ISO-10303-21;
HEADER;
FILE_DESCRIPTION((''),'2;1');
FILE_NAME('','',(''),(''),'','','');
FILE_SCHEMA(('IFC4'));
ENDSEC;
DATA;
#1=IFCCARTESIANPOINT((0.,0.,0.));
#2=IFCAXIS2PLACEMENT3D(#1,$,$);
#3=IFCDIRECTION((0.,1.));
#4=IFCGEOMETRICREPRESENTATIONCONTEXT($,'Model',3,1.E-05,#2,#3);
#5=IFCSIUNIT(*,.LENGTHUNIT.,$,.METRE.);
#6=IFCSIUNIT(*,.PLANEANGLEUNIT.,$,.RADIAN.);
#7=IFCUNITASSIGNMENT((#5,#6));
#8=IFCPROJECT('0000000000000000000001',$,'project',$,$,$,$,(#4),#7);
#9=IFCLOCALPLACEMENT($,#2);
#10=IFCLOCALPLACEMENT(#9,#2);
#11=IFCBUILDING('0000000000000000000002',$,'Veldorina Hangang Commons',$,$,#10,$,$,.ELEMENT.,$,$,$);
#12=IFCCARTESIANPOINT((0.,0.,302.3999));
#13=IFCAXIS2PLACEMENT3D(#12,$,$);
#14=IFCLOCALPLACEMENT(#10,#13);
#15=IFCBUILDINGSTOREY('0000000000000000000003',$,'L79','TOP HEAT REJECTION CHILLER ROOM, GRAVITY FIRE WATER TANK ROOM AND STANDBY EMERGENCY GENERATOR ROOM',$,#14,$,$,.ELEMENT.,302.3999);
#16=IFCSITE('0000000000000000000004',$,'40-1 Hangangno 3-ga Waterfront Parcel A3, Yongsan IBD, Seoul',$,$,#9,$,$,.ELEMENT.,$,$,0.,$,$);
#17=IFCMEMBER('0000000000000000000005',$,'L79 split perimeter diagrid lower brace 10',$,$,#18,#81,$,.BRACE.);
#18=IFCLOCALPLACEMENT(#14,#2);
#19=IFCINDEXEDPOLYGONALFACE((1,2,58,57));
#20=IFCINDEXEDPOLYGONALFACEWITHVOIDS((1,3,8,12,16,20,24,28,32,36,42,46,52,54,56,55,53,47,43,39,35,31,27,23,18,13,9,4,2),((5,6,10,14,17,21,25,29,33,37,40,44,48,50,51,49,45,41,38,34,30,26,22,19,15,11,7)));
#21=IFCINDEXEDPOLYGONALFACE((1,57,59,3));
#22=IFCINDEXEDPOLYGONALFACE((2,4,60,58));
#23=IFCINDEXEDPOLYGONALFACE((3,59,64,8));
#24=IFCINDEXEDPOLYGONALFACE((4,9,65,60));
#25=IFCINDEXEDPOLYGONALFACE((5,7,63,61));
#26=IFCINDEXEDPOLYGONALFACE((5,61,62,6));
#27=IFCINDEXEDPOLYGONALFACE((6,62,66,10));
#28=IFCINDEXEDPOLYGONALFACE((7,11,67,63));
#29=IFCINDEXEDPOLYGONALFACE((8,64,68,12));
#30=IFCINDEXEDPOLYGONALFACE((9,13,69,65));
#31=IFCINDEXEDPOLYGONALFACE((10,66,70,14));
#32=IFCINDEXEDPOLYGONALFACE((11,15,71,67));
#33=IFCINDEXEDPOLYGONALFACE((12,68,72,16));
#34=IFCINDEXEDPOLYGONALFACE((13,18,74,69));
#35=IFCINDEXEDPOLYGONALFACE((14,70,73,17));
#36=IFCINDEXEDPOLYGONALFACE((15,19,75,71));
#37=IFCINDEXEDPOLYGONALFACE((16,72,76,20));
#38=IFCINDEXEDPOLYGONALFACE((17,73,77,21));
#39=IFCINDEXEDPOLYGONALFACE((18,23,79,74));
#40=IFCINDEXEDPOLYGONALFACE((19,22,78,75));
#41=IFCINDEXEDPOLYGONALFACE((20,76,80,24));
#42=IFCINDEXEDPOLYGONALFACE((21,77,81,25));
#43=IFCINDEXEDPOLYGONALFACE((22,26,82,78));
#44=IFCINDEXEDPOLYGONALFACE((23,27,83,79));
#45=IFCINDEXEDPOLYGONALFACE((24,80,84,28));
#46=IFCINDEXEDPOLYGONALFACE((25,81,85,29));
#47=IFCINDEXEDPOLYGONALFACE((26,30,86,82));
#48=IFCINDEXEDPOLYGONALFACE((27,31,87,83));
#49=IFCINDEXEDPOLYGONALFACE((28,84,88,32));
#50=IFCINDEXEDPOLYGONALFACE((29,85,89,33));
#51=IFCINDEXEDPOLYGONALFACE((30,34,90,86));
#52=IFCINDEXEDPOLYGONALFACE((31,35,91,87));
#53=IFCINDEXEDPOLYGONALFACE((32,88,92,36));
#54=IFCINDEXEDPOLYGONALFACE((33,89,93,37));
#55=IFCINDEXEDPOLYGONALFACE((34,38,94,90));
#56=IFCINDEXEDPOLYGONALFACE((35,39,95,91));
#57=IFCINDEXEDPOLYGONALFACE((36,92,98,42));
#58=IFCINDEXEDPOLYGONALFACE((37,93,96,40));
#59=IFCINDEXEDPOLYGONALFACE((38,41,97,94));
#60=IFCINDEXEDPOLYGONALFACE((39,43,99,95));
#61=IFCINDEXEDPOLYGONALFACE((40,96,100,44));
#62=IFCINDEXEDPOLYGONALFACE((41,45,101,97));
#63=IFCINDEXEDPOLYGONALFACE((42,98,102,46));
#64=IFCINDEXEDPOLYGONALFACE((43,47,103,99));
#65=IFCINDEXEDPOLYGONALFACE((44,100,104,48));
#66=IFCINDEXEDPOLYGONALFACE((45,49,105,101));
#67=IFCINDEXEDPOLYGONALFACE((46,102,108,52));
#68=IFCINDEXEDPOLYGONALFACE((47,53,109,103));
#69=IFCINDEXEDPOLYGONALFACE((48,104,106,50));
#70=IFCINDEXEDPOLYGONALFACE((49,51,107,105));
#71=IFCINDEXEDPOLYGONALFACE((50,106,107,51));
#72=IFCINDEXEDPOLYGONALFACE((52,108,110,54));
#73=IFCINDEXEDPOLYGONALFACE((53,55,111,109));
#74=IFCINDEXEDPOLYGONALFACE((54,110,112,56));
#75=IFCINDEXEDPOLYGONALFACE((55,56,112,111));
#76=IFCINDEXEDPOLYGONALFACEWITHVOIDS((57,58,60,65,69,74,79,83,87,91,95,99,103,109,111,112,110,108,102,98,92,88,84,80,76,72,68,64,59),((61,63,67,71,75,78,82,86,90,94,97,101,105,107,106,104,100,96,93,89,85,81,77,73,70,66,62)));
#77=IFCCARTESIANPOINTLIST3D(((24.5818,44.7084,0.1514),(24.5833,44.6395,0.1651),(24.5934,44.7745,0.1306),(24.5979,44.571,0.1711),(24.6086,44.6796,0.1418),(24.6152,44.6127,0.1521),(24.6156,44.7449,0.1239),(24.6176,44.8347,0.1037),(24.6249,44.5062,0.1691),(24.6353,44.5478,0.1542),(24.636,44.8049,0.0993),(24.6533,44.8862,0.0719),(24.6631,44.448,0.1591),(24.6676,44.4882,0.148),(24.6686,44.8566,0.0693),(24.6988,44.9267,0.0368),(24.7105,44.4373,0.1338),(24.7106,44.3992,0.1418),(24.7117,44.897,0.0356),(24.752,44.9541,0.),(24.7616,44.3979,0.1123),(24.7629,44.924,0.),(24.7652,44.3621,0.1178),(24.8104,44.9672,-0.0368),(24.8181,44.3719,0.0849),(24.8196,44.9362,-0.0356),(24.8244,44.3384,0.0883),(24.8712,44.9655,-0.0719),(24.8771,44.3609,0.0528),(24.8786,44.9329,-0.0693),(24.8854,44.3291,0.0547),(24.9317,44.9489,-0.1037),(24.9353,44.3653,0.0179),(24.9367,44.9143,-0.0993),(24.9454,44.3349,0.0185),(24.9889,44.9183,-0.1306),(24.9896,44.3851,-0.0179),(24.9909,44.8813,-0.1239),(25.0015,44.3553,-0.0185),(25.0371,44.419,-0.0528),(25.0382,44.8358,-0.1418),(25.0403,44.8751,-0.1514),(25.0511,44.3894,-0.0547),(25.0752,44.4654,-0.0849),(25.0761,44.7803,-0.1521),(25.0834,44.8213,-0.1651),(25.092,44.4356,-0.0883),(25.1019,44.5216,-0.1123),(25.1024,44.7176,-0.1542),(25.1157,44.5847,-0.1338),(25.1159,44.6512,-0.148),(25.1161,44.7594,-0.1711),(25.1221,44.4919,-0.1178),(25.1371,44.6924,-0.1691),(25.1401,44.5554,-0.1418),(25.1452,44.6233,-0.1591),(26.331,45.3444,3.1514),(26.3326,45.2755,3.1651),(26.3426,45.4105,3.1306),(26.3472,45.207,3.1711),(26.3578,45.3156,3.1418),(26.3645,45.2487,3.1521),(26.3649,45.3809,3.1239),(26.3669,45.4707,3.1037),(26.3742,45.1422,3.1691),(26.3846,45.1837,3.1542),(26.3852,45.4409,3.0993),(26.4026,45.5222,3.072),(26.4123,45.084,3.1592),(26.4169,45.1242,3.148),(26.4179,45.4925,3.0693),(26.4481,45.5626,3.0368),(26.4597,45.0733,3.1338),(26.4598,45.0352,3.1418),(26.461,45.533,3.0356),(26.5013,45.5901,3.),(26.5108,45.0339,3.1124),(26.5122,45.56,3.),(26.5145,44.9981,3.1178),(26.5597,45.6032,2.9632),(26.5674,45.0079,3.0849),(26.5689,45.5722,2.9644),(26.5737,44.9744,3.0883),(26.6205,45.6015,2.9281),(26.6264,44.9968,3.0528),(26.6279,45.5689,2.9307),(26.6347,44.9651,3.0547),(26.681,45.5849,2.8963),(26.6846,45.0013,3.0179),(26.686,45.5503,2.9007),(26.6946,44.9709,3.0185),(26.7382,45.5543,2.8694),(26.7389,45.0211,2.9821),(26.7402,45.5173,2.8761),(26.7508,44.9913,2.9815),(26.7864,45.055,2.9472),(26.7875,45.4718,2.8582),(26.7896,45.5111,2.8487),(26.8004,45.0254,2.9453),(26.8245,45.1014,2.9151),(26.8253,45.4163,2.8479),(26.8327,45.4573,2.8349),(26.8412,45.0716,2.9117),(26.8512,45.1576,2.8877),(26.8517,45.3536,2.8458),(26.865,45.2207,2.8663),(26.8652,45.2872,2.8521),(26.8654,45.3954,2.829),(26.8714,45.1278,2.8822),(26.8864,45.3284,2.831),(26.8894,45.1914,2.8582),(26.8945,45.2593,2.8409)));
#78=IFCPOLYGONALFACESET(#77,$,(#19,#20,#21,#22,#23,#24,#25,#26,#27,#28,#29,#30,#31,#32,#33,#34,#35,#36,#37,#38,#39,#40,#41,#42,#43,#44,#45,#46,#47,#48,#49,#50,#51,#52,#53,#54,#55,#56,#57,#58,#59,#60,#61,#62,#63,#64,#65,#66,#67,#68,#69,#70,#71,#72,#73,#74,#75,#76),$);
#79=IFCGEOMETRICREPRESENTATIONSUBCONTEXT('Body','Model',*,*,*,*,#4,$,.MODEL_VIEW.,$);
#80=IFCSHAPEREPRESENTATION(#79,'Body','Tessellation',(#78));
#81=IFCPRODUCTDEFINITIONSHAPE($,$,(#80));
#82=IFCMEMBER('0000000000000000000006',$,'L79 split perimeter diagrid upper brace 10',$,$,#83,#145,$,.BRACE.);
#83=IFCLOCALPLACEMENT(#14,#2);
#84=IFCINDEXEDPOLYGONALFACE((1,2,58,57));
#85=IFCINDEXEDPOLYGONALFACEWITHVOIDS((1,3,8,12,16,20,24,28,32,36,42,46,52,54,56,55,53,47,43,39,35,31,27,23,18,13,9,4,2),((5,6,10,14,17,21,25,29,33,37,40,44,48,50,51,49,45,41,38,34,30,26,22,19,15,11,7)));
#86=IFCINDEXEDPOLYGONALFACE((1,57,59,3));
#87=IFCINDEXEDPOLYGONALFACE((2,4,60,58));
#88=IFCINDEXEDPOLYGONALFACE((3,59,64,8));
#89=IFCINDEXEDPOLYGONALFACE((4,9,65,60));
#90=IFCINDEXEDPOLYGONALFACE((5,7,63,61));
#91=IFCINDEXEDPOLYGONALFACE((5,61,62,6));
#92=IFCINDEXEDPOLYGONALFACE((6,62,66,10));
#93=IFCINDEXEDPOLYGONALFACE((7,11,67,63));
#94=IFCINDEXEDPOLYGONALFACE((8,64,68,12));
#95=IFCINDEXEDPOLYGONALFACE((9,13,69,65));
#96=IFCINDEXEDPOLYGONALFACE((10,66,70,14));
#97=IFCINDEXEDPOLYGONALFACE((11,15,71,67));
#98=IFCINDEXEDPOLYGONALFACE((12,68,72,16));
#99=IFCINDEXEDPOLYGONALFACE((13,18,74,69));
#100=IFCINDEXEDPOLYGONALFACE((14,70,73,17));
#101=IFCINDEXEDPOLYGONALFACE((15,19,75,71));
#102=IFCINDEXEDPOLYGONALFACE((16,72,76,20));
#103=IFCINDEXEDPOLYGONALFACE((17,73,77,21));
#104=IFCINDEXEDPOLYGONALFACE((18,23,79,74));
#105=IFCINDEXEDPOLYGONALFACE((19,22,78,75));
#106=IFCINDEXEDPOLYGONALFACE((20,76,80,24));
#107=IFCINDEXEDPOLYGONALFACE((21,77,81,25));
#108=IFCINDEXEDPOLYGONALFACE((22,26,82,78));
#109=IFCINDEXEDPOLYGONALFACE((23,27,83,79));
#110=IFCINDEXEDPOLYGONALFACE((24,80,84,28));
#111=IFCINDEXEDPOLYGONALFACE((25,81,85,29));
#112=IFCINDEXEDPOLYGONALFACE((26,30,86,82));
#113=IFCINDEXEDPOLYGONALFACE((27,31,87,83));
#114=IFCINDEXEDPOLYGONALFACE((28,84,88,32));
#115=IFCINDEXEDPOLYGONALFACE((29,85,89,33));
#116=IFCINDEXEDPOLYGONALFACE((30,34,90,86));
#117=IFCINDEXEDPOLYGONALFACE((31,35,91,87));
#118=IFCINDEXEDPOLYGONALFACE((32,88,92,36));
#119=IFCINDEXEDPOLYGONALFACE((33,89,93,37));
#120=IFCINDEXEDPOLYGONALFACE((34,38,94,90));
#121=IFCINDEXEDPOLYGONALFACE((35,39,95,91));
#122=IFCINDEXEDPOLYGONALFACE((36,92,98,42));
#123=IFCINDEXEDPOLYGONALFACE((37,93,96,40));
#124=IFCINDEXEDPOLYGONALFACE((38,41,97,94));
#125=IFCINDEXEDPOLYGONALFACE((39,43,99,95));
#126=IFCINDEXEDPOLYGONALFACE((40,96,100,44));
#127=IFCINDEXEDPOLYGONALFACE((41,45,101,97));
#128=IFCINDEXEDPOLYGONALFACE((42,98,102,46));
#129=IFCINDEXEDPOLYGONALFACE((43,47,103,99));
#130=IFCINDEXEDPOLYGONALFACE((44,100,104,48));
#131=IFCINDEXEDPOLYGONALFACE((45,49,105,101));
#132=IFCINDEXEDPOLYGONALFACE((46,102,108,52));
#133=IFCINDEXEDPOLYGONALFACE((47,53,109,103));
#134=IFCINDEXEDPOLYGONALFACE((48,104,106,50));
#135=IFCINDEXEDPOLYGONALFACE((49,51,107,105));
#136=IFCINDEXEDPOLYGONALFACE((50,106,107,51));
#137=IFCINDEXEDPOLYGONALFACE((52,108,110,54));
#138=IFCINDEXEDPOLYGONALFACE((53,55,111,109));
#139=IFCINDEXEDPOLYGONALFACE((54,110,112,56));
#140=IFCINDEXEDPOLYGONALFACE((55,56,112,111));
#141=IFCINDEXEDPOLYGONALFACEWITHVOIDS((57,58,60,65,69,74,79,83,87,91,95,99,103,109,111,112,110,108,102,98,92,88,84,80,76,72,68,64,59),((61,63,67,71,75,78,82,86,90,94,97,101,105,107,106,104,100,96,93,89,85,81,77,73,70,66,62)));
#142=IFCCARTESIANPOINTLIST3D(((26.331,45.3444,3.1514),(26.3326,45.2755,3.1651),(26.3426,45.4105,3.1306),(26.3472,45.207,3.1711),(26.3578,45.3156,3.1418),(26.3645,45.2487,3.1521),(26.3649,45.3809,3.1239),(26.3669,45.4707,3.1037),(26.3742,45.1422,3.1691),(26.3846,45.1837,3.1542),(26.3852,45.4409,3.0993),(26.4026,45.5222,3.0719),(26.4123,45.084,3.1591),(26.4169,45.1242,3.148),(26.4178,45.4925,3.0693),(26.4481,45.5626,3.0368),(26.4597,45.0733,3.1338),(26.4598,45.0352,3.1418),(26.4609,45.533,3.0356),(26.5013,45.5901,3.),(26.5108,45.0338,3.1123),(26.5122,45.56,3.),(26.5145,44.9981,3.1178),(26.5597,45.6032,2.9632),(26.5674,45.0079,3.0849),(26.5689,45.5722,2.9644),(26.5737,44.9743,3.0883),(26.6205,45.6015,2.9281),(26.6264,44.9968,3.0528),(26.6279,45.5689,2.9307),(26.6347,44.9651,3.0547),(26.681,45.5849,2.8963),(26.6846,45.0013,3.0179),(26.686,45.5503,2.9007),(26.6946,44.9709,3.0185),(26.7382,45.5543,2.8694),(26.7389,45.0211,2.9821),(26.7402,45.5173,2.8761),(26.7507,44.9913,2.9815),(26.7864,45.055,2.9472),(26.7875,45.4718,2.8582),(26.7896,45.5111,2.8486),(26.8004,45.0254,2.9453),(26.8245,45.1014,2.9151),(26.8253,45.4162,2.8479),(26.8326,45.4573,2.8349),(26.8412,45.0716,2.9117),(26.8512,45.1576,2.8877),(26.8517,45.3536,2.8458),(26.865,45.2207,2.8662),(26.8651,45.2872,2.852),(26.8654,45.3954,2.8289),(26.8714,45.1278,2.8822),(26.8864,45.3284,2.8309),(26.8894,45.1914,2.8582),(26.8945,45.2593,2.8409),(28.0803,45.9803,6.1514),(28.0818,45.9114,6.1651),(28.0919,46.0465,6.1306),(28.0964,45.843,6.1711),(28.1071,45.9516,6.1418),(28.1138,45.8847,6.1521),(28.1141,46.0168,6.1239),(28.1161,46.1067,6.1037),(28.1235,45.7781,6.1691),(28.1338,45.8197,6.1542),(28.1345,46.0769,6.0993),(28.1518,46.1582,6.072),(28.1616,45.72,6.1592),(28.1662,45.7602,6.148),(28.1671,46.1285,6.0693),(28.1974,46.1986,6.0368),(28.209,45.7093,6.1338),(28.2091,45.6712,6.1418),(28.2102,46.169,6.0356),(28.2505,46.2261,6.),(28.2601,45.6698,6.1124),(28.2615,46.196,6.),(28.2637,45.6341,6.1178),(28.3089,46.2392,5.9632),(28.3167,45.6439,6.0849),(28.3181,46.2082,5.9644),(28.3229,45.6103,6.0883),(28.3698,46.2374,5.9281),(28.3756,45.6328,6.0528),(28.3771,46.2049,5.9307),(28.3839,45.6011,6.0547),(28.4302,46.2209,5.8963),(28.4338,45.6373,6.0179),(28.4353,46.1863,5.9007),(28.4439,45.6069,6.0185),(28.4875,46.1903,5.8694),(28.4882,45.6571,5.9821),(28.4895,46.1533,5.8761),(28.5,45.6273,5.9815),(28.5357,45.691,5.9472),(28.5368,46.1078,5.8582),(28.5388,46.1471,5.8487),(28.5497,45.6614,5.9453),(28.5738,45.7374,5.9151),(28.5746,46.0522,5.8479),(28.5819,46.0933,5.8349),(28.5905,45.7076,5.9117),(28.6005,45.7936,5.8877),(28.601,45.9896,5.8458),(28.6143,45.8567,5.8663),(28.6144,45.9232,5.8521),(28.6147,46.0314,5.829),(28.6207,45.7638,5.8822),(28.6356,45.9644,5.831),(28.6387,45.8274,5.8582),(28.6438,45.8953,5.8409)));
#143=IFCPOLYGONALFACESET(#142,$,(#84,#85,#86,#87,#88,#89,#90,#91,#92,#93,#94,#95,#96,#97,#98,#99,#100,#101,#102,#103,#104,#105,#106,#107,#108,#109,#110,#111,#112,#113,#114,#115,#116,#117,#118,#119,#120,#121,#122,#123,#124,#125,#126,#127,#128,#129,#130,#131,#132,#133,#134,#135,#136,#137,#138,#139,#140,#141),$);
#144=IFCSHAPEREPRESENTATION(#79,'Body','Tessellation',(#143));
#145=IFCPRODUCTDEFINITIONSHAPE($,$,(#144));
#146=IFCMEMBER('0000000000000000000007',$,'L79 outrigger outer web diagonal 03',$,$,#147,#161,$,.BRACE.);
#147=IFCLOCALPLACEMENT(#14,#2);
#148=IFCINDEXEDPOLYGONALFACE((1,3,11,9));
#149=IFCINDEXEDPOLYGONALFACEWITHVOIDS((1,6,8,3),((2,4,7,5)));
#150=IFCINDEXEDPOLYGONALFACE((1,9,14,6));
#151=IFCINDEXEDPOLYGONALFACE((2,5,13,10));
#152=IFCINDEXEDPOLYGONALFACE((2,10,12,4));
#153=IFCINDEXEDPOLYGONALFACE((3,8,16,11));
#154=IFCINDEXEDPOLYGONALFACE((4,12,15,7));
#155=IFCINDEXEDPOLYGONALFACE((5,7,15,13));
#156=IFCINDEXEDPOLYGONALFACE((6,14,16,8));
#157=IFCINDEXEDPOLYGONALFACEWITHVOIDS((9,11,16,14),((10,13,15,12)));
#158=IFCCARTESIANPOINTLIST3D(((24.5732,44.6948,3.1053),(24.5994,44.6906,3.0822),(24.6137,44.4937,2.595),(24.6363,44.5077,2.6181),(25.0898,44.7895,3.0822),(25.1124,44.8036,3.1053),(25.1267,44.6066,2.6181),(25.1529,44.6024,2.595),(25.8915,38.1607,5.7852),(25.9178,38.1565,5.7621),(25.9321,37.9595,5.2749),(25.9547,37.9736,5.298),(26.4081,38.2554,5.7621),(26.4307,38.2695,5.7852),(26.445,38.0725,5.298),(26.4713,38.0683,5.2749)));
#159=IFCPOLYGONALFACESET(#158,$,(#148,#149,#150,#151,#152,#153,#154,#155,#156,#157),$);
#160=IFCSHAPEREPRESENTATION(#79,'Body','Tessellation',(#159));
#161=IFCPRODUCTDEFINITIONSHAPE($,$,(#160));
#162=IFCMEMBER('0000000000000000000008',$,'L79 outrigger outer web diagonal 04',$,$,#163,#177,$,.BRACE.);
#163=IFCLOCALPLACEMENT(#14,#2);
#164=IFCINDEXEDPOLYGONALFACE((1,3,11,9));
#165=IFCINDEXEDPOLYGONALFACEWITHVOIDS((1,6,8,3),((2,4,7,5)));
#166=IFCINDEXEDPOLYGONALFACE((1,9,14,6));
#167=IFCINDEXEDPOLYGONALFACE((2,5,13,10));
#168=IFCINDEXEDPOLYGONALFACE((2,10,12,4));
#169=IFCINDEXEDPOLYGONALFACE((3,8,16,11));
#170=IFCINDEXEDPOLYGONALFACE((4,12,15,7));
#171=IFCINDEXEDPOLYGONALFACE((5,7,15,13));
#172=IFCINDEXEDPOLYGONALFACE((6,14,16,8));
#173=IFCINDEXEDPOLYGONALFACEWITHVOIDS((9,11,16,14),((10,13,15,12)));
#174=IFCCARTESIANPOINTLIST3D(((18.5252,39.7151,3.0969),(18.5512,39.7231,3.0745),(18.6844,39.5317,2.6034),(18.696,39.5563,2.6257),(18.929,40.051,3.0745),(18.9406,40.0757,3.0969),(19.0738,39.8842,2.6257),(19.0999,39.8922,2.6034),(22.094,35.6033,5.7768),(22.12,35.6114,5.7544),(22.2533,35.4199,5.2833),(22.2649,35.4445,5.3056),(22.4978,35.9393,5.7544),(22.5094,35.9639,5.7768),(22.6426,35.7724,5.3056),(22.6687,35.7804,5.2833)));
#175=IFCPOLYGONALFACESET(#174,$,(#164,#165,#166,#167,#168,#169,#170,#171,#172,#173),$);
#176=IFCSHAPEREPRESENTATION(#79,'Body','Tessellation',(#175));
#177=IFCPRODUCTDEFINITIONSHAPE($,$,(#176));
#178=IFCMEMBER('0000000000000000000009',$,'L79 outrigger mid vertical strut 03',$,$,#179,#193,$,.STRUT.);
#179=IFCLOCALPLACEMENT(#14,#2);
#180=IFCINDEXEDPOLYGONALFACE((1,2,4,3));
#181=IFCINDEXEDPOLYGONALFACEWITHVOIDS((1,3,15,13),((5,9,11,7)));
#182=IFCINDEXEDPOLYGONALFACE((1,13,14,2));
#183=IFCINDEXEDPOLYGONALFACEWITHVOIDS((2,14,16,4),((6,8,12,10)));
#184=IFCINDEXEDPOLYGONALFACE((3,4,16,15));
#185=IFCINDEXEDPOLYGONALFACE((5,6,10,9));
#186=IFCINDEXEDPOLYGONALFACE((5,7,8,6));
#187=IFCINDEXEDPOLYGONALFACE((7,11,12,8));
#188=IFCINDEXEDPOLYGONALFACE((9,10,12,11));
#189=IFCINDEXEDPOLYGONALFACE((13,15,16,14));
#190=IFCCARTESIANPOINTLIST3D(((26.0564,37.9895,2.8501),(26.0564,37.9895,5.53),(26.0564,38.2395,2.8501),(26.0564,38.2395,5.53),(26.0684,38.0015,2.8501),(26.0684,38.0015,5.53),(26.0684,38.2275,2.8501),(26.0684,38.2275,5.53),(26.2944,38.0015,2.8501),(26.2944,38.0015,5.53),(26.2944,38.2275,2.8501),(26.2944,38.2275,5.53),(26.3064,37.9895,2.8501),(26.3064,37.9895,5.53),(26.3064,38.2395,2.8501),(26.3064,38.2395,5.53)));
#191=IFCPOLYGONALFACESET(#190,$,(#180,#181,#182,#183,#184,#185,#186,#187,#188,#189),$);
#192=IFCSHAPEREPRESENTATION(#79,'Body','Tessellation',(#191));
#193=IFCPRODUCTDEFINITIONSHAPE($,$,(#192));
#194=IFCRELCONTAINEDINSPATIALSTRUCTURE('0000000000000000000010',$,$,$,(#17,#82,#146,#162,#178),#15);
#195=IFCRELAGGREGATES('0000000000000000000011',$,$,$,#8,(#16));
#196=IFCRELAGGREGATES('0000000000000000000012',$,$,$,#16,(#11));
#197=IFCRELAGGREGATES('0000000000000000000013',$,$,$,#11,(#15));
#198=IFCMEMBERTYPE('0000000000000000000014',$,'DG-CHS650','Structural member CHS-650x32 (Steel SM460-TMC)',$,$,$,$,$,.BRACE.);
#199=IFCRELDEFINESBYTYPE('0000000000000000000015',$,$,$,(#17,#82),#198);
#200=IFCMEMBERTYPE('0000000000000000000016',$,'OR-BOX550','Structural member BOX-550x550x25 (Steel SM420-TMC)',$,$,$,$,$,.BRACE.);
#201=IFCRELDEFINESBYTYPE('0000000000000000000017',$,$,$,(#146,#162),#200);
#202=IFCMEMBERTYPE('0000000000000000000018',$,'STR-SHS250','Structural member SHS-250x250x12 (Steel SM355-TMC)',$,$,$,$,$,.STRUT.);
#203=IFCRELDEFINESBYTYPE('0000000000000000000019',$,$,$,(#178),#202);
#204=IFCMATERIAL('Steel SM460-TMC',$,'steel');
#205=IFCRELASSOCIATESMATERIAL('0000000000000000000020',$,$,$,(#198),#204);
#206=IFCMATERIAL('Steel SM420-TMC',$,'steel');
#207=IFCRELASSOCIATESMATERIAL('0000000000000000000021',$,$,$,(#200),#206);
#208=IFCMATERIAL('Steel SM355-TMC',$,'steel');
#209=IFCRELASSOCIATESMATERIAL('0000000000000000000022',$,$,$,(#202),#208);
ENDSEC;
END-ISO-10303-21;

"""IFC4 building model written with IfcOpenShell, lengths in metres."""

from ifc_helpers import new_model, si_unit, direction, frame, origin, origin_2d, place, context, subcontext, project, spatial, hollow_rectangle, hollow_circle, extrude, material, material_profile, profile_set, type_object, element, save


model = new_model("IFC4")

# Units and contexts
model_context = context("Model", 3, precision=1e-05, world=origin(), true_north=direction((0.0, 1.0)))
body_context = subcontext(model_context, "Body", "Model", "MODEL_VIEW")
ifc_project = project(units=[si_unit("LENGTHUNIT", "METRE"), si_unit("PLANEANGLEUNIT", "RADIAN")], contexts=[model_context])

# Site, building, storey
site_placement = place(None, origin())
site = spatial("IfcSite", under=ifc_project, at=site_placement, Name="40-1 Hangangno 3-ga Waterfront Parcel A3, Yongsan IBD, Seoul", CompositionType="ELEMENT", RefElevation=0.0)
building_placement = place(site_placement, origin())
building = spatial("IfcBuilding", under=site, at=building_placement, Name="Veldorina Hangang Commons", CompositionType="ELEMENT")
storey_placement = place(building_placement, frame((0.0, 0.0, 302.3999)))
storey = spatial("IfcBuildingStorey", under=building, at=storey_placement, Name="L79", Description="TOP HEAT REJECTION CHILLER ROOM, GRAVITY FIRE WATER TANK ROOM AND STANDBY EMERGENCY GENERATOR ROOM", CompositionType="ELEMENT", Elevation=302.3999)

# Shared definitions
ifc_material_1 = material(Name="Steel SM460-TMC", Category="steel")

# Members
ifc_material_profile_1 = material_profile(ifc_material_1, hollow_circle(Radius=0.325, WallThickness=0.032, at=origin_2d()), Name="CHS-650x32")
ifc_profile_set_1 = profile_set([ifc_material_profile_1], Name="Steel SM460-TMC")
member_type_1 = type_object("IfcMemberType", Name="DG-CHS650", Description="Structural member CHS-650x32 (Steel SM460-TMC)", PredefinedType="BRACE", material=ifc_profile_set_1)
for number, where, z_axis, x_axis, name in (
    (1, (24.863, 44.6487, 0.0), (0.495473, 0.180141, 0.849738), (-0.34169, 0.939813, 0.0), "L79 split perimeter diagrid lower brace 10"),
    (2, (26.6123, 45.2847, 3.0), (0.495473, 0.180141, 0.849738), (-0.34169, 0.939813, 0.0), "L79 split perimeter diagrid upper brace 10"),
):
    element("IfcMember", number, at=place(storey_placement, frame(where, z_axis=z_axis, x_axis=x_axis)), inside=storey, type_object=member_type_1, Name=name, PredefinedType="BRACE", context=body_context, shape_type="SweptSolid", body=[
        extrude(hollow_circle(Radius=0.325, WallThickness=0.032, at=origin_2d()), origin(), (0.0, 0.0, 1.0), 3.5305),
    ])
ifc_material_2 = material(Name="Steel SM420-TMC", Category="steel")
ifc_material_profile_2 = material_profile(ifc_material_2, hollow_rectangle(XDim=0.55, YDim=0.55, WallThickness=0.0249, at=origin_2d()), Name="BOX-550x550x25")
ifc_profile_set_2 = profile_set([ifc_material_profile_2], Name="Steel SM420-TMC")
member_type_2 = type_object("IfcMemberType", Name="OR-BOX550", Description="Structural member BOX-550x550x25 (Steel SM420-TMC)", PredefinedType="BRACE", material=ifc_profile_set_2)
member_1_placement = place(storey_placement, frame((26.1814, 38.1145, 5.53), z_axis=(-0.183503, 0.909495, -0.373021), x_axis=(-0.980247, -0.197778, 0.0)))
element("IfcMember", 3, at=member_1_placement, inside=storey, type_object=member_type_2, Name="L79 outrigger outer web diagonal 03", PredefinedType="BRACE", context=body_context, shape_type="SweptSolid", body=[
    extrude(hollow_rectangle(XDim=0.55, YDim=0.55, WallThickness=0.0249, at=origin_2d()), origin(), (0.0, 0.0, 1.0), 7.1843),
])
member_2_placement = place(storey_placement, frame((22.3813, 35.6919, 5.53), z_axis=(-0.588101, 0.677576, -0.441619), x_axis=(-0.75521, -0.655483, 0.0)))
element("IfcMember", 4, at=member_2_placement, inside=storey, type_object=member_type_2, Name="L79 outrigger outer web diagonal 04", PredefinedType="BRACE", context=body_context, shape_type="SweptSolid", body=[
    extrude(hollow_rectangle(XDim=0.55, YDim=0.55, WallThickness=0.0249, at=origin_2d()), origin(), (0.0, 0.0, 1.0), 6.0684),
])
ifc_material_3 = material(Name="Steel SM355-TMC", Category="steel")
ifc_material_profile_3 = material_profile(ifc_material_3, hollow_rectangle(XDim=0.25, YDim=0.25, WallThickness=0.012, at=origin_2d()), Name="SHS-250x250x12")
ifc_profile_set_3 = profile_set([ifc_material_profile_3], Name="Steel SM355-TMC")
member_type_3 = type_object("IfcMemberType", Name="STR-SHS250", Description="Structural member SHS-250x250x12 (Steel SM355-TMC)", PredefinedType="STRUT", material=ifc_profile_set_3)
for number, where, z_axis, x_axis, name in (
    (5, (26.1814, 38.1145, 2.8501), (0.0, 0.0, 1.0), (1.0, 0.0, 0.0), "L79 outrigger mid vertical strut 03"),
):
    element("IfcMember", number, at=place(storey_placement, frame(where, z_axis=z_axis, x_axis=x_axis)), inside=storey, type_object=member_type_3, Name=name, PredefinedType="STRUT", context=body_context, shape_type="SweptSolid", body=[
        extrude(hollow_rectangle(XDim=0.25, YDim=0.25, WallThickness=0.012, at=origin_2d()), origin(), (0.0, 0.0, 1.0), 2.6799),
    ])

save(model, "model.ifc")
